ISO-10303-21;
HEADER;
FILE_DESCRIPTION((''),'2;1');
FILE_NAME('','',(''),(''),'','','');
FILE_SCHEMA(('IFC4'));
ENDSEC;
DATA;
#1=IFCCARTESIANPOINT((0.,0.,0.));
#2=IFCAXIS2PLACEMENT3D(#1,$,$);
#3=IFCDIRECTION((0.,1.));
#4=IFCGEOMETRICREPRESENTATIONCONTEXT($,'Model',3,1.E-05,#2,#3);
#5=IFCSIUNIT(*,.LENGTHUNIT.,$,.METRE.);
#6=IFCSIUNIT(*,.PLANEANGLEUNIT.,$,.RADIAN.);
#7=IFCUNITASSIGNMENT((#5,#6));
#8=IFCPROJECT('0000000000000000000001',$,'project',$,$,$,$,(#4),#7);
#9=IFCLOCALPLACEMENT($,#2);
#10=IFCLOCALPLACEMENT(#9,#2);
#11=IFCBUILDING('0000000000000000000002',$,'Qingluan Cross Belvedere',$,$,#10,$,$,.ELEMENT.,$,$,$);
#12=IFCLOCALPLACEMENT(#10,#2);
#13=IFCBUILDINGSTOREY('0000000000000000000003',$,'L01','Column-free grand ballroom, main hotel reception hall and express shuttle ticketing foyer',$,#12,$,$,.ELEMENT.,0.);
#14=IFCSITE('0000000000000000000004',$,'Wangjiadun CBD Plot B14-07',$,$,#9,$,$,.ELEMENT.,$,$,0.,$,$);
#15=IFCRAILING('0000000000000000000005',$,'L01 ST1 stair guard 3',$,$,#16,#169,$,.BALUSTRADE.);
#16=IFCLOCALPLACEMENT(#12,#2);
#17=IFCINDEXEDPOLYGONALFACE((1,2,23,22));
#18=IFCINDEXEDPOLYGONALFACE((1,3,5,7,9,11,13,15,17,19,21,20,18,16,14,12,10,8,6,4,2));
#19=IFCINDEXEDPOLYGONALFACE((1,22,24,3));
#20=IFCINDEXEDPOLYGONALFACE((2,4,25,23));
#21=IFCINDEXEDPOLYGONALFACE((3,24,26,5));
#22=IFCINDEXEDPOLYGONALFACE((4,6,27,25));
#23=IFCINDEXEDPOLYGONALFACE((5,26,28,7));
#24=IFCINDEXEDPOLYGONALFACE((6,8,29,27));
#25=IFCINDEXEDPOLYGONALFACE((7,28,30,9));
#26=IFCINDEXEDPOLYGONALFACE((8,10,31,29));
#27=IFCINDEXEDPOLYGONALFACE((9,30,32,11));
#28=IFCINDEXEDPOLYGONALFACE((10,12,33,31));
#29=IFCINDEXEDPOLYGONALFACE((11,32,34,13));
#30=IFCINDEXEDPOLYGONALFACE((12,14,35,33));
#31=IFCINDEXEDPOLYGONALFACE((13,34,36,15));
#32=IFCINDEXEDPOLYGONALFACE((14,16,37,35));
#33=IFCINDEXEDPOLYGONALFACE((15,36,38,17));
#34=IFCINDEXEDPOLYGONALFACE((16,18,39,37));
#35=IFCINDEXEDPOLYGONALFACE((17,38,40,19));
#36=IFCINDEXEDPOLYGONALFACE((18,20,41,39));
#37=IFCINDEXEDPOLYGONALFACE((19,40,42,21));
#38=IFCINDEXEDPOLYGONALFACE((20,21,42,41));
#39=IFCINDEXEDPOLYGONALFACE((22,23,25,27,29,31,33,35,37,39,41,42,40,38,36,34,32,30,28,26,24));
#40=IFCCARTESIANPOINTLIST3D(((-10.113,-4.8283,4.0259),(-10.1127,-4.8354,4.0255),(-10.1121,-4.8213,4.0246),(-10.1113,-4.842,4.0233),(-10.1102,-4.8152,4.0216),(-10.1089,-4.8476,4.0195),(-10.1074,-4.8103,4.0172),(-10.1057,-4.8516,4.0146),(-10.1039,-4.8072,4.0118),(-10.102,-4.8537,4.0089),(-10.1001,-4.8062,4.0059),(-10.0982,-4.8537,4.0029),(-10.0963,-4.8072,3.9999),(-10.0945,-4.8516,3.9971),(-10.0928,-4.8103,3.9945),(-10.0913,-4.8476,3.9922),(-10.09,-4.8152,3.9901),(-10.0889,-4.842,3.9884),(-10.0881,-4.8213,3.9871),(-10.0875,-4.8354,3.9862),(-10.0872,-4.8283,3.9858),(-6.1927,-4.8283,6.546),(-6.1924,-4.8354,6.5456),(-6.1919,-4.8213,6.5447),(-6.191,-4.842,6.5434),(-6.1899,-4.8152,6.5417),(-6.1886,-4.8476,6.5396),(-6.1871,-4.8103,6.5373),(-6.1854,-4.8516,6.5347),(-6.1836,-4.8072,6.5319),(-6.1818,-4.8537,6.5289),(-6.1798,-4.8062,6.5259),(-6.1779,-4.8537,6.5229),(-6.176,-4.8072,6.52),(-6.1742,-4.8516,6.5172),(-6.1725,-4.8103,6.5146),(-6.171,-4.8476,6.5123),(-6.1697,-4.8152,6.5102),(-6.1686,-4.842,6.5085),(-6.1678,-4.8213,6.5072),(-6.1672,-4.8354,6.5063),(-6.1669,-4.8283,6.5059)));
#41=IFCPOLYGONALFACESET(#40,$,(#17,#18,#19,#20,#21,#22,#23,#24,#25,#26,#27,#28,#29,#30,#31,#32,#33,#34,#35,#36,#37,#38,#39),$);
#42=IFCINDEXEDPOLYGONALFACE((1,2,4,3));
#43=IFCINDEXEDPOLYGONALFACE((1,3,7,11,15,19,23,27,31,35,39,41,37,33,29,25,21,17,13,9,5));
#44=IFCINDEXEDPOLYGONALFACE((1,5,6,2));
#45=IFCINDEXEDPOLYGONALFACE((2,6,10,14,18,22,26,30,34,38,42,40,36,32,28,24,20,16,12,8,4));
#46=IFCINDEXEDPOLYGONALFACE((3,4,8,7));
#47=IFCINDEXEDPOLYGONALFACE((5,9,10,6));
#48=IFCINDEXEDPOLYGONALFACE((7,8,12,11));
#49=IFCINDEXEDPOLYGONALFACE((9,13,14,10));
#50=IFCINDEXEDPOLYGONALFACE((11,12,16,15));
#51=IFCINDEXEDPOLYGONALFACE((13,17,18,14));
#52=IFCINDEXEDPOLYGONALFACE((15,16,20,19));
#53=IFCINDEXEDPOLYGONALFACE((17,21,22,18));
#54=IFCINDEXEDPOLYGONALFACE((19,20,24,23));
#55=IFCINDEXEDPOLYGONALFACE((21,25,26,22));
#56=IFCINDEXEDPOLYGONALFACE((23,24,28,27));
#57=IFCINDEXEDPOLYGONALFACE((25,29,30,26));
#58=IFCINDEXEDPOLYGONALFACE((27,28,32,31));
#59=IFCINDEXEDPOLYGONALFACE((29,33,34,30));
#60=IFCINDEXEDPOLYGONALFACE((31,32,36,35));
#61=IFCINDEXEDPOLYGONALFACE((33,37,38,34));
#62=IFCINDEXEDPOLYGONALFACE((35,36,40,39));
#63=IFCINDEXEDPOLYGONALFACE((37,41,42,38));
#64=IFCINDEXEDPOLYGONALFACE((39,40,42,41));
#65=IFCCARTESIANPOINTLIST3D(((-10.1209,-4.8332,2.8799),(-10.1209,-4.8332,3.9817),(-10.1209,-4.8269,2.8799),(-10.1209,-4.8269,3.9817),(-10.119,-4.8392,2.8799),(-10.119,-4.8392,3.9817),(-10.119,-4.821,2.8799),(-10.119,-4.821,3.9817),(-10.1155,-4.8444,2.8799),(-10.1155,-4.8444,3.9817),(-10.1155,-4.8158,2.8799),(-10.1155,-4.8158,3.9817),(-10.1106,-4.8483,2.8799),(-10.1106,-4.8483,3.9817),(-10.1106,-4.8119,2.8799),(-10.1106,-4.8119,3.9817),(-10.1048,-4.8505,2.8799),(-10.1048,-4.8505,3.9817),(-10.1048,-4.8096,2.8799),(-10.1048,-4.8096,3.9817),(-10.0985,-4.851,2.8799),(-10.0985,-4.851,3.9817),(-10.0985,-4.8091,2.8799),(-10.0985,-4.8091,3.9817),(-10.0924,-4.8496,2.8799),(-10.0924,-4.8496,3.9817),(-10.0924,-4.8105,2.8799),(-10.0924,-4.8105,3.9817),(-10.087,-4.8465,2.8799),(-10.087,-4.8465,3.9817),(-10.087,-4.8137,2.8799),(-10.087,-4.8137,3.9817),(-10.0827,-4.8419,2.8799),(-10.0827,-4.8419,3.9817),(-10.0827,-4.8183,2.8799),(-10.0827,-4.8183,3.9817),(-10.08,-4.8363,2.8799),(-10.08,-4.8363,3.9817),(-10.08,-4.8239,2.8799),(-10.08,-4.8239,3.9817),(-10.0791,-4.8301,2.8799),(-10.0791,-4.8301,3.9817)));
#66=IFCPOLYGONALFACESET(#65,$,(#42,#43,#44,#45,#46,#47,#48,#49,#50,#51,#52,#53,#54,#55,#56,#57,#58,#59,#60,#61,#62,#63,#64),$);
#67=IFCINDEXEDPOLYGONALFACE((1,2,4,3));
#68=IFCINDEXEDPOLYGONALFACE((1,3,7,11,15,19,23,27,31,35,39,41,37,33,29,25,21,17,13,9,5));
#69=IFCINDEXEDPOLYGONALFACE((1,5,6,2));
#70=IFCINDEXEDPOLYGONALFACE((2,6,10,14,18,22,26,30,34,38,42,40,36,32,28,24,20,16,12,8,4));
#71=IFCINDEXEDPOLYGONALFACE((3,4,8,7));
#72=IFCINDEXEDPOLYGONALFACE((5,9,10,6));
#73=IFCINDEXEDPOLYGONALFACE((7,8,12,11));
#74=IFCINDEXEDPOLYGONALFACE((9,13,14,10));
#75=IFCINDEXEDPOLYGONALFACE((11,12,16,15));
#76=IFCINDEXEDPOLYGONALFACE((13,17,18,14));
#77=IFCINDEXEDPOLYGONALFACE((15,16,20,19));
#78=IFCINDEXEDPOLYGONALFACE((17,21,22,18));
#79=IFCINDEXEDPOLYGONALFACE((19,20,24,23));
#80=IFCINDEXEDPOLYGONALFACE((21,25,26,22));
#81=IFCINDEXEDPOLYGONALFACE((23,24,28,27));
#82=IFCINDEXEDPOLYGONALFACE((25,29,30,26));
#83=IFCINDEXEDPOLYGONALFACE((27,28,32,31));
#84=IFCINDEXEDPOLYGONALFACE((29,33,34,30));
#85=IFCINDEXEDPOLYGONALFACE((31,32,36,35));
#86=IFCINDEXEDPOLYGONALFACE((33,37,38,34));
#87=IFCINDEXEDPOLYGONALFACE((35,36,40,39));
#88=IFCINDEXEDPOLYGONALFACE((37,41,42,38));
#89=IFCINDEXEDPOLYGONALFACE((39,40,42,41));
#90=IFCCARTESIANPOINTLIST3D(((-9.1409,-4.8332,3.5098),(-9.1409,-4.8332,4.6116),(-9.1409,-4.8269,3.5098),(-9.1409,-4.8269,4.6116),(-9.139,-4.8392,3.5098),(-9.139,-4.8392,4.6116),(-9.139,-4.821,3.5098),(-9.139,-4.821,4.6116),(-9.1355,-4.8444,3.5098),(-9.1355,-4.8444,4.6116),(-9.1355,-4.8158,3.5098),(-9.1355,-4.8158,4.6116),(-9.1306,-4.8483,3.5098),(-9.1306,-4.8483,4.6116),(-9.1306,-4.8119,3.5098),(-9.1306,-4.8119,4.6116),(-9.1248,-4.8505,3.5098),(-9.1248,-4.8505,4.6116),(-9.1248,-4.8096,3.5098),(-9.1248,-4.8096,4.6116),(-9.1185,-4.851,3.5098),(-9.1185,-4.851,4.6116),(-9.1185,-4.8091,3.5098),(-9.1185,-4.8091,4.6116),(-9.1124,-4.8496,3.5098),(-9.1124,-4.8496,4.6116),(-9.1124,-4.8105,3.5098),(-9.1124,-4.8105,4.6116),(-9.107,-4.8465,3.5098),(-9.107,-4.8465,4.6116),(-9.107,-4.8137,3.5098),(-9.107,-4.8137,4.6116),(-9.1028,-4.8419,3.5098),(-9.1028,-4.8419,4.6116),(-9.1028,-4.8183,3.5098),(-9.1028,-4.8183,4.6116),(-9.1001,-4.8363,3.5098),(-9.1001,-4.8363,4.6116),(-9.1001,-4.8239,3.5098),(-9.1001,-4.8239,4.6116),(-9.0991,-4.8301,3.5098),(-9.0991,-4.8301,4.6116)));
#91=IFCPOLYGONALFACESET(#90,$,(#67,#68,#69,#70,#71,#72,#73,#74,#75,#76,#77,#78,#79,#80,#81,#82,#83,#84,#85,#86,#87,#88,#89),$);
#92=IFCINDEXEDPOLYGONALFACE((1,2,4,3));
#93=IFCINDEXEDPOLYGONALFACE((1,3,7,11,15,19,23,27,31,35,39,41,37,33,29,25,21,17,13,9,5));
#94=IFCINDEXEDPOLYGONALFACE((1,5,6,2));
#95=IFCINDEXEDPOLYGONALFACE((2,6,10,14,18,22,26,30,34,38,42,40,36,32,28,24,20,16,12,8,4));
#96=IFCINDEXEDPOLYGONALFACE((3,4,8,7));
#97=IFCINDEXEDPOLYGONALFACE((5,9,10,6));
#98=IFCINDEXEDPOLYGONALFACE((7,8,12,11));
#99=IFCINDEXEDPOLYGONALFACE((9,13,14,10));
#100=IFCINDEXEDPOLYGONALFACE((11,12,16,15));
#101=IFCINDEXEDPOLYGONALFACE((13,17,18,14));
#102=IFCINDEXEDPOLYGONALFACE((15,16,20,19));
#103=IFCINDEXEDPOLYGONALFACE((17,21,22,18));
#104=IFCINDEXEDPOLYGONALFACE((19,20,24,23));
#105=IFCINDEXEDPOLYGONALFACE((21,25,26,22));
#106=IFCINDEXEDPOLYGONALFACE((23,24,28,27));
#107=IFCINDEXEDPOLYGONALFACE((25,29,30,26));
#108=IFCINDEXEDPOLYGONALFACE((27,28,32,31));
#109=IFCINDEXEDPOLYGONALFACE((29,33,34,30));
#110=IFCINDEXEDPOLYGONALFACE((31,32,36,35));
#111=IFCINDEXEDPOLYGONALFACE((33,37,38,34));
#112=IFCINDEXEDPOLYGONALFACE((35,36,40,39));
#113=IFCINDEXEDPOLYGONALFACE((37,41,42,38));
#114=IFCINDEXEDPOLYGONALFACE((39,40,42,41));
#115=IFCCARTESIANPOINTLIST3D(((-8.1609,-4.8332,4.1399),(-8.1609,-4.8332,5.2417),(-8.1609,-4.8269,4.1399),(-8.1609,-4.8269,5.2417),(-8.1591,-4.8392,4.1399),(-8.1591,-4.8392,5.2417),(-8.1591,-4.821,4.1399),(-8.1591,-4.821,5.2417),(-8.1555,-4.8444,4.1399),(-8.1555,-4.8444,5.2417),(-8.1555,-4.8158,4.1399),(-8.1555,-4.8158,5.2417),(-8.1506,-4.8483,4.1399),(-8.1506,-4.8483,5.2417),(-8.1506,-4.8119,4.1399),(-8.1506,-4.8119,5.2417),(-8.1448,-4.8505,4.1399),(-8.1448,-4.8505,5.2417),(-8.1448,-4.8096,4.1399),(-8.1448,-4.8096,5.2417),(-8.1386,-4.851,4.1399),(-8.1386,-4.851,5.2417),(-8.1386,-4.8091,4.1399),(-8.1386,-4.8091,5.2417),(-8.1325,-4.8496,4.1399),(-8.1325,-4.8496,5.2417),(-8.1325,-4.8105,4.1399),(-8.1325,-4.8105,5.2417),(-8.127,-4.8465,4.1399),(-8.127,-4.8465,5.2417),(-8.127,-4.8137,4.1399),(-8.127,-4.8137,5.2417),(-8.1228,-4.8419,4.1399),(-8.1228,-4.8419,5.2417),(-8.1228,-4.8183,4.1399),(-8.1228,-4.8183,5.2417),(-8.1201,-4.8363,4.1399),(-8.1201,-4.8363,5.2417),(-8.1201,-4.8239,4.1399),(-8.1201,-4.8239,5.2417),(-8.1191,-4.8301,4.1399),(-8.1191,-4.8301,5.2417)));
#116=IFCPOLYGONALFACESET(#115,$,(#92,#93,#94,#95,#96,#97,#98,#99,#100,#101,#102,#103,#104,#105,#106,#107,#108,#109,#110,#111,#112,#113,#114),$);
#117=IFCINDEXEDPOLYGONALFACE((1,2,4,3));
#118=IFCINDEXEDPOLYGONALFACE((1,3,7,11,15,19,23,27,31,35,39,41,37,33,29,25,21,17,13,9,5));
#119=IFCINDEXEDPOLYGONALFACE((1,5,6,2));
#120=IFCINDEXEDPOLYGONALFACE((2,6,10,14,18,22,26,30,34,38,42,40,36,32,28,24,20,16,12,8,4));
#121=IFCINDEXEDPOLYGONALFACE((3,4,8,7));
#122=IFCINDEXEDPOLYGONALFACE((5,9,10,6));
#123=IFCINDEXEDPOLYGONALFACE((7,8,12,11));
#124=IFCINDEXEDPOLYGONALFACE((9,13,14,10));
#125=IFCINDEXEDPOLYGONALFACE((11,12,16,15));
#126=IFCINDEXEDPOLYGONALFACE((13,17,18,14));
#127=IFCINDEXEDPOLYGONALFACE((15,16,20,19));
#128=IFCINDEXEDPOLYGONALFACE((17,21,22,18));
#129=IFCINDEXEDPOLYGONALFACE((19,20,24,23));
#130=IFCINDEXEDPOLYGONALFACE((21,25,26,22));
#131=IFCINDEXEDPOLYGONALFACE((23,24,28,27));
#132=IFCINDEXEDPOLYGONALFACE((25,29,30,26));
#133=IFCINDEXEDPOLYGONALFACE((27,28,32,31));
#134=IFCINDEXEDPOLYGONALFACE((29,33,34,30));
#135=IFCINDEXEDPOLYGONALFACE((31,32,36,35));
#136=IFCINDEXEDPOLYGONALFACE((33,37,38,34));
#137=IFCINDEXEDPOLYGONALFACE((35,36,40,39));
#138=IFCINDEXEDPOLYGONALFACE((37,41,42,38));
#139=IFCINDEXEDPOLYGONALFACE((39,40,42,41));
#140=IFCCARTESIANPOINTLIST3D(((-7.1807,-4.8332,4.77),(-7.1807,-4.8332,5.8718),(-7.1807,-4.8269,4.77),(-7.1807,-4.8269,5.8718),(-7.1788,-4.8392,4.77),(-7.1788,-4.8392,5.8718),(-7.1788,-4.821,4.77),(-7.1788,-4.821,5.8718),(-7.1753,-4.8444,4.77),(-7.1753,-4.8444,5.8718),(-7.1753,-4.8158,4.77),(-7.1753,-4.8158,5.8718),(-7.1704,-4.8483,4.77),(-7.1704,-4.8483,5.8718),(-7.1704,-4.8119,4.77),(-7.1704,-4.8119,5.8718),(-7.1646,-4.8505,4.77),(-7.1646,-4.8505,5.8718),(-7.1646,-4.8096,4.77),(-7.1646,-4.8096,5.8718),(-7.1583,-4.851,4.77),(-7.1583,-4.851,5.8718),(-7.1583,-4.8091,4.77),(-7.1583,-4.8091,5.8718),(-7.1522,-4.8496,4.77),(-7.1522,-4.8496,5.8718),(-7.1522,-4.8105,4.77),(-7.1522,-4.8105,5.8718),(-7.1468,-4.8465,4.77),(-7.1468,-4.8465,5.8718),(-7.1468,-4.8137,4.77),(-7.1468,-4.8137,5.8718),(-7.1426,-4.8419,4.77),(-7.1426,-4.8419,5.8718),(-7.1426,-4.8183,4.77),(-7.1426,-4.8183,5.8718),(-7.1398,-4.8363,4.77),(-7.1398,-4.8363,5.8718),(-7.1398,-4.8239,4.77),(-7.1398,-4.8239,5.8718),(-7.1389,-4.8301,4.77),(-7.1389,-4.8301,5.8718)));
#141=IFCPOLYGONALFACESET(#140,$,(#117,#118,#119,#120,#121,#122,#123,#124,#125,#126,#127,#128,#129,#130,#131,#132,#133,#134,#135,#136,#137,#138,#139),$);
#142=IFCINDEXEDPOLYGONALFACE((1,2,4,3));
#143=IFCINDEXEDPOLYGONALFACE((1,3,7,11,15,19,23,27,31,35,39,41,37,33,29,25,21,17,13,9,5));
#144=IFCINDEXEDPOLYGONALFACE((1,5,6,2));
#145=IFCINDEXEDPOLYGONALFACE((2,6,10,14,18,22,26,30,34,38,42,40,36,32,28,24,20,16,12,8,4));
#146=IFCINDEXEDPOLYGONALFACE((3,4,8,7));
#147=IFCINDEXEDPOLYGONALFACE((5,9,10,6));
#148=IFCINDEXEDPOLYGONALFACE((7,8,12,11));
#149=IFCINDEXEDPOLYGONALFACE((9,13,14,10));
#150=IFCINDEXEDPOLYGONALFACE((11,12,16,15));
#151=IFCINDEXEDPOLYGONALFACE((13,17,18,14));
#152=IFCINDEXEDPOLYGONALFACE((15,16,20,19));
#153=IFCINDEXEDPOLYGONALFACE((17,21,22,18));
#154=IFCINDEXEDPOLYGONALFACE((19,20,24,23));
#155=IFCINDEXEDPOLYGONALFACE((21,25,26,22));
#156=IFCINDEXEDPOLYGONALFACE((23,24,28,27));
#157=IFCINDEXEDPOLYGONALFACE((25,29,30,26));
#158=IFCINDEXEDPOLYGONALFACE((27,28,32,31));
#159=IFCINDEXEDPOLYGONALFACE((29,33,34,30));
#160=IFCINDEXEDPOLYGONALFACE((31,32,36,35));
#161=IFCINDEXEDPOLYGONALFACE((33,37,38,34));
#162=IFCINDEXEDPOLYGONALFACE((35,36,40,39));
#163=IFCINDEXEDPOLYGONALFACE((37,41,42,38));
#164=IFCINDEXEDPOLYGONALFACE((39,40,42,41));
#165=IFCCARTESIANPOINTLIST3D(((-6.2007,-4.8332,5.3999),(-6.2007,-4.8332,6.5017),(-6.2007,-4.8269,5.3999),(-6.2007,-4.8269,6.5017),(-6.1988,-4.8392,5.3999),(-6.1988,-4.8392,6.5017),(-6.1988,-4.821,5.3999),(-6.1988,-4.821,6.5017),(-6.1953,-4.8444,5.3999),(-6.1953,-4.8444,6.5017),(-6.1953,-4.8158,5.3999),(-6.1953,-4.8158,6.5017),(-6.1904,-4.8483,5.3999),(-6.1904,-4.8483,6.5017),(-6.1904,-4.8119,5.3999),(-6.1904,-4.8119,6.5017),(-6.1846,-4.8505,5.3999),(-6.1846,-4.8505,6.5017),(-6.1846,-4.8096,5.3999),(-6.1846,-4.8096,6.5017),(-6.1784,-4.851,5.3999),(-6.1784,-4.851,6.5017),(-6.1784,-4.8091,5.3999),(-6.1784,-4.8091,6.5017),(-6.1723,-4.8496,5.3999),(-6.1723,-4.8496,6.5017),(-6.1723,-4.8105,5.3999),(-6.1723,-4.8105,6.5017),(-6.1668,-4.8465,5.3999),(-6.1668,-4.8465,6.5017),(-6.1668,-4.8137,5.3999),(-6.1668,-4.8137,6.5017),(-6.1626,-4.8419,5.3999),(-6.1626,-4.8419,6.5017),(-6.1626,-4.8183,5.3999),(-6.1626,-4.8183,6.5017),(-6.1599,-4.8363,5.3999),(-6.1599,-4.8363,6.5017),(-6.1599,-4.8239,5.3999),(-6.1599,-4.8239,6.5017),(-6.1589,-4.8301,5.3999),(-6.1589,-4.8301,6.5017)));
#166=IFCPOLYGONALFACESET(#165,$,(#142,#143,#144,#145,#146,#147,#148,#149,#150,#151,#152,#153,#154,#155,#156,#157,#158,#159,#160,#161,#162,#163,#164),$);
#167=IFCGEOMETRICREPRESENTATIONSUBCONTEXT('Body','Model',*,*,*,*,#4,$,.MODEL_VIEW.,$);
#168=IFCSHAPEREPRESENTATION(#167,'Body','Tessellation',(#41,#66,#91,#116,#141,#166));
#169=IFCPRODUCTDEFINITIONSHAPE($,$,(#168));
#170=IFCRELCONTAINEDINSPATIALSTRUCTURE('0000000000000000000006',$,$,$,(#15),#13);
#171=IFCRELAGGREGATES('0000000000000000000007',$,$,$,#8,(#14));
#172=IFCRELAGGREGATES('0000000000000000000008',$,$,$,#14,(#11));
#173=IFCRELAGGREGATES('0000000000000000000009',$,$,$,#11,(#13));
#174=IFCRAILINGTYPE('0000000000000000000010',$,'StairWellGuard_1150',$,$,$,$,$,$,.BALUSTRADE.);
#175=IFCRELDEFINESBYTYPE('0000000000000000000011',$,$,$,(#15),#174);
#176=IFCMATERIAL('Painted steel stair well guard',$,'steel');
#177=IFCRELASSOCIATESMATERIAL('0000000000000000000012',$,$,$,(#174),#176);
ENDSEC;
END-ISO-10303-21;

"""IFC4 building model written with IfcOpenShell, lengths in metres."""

from ifc_helpers import new_model, si_unit, direction, frame, origin, origin_2d, place, context, subcontext, project, spatial, circle, extrude, material, type_object, element, save


model = new_model("IFC4")

# Units and contexts
model_context = context("Model", 3, precision=1e-05, world=origin(), true_north=direction((0.0, 1.0)))
body_context = subcontext(model_context, "Body", "Model", "MODEL_VIEW")
ifc_project = project(units=[si_unit("LENGTHUNIT", "METRE"), si_unit("PLANEANGLEUNIT", "RADIAN")], contexts=[model_context])

# Site, building, storey
site_placement = place(None, origin())
site = spatial("IfcSite", under=ifc_project, at=site_placement, Name="Wangjiadun CBD Plot B14-07", CompositionType="ELEMENT", RefElevation=0.0)
building_placement = place(site_placement, origin())
building = spatial("IfcBuilding", under=site, at=building_placement, Name="Qingluan Cross Belvedere", CompositionType="ELEMENT")
storey_placement = place(building_placement, origin())
storey = spatial("IfcBuildingStorey", under=building, at=storey_placement, Name="L01", Description="Column-free grand ballroom, main hotel reception hall and express shuttle ticketing foyer", CompositionType="ELEMENT", Elevation=0.0)

# Railing
ifc_material_1 = material(Name="Painted steel stair well guard", Category="steel")
railing_type_1 = type_object("IfcRailingType", Name="StairWellGuard_1150", PredefinedType="BALUSTRADE", material=ifc_material_1)
railing_1_placement = place(storey_placement, frame((-10.1001, -4.8301, 2.8799)))
element("IfcRailing", 1, at=railing_1_placement, inside=storey, type_object=railing_type_1, Name="L01 ST1 stair guard 3", PredefinedType="BALUSTRADE", context=body_context, shape_type="SweptSolid", body=[
    extrude(circle(Radius=0.0239, at=origin_2d()), frame((0.0, 0.0, 1.126), z_axis=(0.841187, 0.0, 0.540744), x_axis=(0.0, 1.0, 0.0)), (0.0, 0.0, 1.0), 4.6604),
    extrude(circle(Radius=0.021, at=origin_2d()), origin(), (0.0, 0.0, 1.0), 1.1018),
    extrude(circle(Radius=0.021, at=origin_2d()), frame((0.98, 0.0, 0.6299)), (0.0, 0.0, 1.0), 1.1018),
    extrude(circle(Radius=0.021, at=origin_2d()), frame((1.96, 0.0, 1.26)), (0.0, 0.0, 1.0), 1.1018),
    extrude(circle(Radius=0.021, at=origin_2d()), frame((2.9402, 0.0, 1.8901)), (0.0, 0.0, 1.0), 1.1018),
    extrude(circle(Radius=0.021, at=origin_2d()), frame((3.9202, 0.0, 2.52)), (0.0, 0.0, 1.0), 1.1018),
])

save(model, "model.ifc")
